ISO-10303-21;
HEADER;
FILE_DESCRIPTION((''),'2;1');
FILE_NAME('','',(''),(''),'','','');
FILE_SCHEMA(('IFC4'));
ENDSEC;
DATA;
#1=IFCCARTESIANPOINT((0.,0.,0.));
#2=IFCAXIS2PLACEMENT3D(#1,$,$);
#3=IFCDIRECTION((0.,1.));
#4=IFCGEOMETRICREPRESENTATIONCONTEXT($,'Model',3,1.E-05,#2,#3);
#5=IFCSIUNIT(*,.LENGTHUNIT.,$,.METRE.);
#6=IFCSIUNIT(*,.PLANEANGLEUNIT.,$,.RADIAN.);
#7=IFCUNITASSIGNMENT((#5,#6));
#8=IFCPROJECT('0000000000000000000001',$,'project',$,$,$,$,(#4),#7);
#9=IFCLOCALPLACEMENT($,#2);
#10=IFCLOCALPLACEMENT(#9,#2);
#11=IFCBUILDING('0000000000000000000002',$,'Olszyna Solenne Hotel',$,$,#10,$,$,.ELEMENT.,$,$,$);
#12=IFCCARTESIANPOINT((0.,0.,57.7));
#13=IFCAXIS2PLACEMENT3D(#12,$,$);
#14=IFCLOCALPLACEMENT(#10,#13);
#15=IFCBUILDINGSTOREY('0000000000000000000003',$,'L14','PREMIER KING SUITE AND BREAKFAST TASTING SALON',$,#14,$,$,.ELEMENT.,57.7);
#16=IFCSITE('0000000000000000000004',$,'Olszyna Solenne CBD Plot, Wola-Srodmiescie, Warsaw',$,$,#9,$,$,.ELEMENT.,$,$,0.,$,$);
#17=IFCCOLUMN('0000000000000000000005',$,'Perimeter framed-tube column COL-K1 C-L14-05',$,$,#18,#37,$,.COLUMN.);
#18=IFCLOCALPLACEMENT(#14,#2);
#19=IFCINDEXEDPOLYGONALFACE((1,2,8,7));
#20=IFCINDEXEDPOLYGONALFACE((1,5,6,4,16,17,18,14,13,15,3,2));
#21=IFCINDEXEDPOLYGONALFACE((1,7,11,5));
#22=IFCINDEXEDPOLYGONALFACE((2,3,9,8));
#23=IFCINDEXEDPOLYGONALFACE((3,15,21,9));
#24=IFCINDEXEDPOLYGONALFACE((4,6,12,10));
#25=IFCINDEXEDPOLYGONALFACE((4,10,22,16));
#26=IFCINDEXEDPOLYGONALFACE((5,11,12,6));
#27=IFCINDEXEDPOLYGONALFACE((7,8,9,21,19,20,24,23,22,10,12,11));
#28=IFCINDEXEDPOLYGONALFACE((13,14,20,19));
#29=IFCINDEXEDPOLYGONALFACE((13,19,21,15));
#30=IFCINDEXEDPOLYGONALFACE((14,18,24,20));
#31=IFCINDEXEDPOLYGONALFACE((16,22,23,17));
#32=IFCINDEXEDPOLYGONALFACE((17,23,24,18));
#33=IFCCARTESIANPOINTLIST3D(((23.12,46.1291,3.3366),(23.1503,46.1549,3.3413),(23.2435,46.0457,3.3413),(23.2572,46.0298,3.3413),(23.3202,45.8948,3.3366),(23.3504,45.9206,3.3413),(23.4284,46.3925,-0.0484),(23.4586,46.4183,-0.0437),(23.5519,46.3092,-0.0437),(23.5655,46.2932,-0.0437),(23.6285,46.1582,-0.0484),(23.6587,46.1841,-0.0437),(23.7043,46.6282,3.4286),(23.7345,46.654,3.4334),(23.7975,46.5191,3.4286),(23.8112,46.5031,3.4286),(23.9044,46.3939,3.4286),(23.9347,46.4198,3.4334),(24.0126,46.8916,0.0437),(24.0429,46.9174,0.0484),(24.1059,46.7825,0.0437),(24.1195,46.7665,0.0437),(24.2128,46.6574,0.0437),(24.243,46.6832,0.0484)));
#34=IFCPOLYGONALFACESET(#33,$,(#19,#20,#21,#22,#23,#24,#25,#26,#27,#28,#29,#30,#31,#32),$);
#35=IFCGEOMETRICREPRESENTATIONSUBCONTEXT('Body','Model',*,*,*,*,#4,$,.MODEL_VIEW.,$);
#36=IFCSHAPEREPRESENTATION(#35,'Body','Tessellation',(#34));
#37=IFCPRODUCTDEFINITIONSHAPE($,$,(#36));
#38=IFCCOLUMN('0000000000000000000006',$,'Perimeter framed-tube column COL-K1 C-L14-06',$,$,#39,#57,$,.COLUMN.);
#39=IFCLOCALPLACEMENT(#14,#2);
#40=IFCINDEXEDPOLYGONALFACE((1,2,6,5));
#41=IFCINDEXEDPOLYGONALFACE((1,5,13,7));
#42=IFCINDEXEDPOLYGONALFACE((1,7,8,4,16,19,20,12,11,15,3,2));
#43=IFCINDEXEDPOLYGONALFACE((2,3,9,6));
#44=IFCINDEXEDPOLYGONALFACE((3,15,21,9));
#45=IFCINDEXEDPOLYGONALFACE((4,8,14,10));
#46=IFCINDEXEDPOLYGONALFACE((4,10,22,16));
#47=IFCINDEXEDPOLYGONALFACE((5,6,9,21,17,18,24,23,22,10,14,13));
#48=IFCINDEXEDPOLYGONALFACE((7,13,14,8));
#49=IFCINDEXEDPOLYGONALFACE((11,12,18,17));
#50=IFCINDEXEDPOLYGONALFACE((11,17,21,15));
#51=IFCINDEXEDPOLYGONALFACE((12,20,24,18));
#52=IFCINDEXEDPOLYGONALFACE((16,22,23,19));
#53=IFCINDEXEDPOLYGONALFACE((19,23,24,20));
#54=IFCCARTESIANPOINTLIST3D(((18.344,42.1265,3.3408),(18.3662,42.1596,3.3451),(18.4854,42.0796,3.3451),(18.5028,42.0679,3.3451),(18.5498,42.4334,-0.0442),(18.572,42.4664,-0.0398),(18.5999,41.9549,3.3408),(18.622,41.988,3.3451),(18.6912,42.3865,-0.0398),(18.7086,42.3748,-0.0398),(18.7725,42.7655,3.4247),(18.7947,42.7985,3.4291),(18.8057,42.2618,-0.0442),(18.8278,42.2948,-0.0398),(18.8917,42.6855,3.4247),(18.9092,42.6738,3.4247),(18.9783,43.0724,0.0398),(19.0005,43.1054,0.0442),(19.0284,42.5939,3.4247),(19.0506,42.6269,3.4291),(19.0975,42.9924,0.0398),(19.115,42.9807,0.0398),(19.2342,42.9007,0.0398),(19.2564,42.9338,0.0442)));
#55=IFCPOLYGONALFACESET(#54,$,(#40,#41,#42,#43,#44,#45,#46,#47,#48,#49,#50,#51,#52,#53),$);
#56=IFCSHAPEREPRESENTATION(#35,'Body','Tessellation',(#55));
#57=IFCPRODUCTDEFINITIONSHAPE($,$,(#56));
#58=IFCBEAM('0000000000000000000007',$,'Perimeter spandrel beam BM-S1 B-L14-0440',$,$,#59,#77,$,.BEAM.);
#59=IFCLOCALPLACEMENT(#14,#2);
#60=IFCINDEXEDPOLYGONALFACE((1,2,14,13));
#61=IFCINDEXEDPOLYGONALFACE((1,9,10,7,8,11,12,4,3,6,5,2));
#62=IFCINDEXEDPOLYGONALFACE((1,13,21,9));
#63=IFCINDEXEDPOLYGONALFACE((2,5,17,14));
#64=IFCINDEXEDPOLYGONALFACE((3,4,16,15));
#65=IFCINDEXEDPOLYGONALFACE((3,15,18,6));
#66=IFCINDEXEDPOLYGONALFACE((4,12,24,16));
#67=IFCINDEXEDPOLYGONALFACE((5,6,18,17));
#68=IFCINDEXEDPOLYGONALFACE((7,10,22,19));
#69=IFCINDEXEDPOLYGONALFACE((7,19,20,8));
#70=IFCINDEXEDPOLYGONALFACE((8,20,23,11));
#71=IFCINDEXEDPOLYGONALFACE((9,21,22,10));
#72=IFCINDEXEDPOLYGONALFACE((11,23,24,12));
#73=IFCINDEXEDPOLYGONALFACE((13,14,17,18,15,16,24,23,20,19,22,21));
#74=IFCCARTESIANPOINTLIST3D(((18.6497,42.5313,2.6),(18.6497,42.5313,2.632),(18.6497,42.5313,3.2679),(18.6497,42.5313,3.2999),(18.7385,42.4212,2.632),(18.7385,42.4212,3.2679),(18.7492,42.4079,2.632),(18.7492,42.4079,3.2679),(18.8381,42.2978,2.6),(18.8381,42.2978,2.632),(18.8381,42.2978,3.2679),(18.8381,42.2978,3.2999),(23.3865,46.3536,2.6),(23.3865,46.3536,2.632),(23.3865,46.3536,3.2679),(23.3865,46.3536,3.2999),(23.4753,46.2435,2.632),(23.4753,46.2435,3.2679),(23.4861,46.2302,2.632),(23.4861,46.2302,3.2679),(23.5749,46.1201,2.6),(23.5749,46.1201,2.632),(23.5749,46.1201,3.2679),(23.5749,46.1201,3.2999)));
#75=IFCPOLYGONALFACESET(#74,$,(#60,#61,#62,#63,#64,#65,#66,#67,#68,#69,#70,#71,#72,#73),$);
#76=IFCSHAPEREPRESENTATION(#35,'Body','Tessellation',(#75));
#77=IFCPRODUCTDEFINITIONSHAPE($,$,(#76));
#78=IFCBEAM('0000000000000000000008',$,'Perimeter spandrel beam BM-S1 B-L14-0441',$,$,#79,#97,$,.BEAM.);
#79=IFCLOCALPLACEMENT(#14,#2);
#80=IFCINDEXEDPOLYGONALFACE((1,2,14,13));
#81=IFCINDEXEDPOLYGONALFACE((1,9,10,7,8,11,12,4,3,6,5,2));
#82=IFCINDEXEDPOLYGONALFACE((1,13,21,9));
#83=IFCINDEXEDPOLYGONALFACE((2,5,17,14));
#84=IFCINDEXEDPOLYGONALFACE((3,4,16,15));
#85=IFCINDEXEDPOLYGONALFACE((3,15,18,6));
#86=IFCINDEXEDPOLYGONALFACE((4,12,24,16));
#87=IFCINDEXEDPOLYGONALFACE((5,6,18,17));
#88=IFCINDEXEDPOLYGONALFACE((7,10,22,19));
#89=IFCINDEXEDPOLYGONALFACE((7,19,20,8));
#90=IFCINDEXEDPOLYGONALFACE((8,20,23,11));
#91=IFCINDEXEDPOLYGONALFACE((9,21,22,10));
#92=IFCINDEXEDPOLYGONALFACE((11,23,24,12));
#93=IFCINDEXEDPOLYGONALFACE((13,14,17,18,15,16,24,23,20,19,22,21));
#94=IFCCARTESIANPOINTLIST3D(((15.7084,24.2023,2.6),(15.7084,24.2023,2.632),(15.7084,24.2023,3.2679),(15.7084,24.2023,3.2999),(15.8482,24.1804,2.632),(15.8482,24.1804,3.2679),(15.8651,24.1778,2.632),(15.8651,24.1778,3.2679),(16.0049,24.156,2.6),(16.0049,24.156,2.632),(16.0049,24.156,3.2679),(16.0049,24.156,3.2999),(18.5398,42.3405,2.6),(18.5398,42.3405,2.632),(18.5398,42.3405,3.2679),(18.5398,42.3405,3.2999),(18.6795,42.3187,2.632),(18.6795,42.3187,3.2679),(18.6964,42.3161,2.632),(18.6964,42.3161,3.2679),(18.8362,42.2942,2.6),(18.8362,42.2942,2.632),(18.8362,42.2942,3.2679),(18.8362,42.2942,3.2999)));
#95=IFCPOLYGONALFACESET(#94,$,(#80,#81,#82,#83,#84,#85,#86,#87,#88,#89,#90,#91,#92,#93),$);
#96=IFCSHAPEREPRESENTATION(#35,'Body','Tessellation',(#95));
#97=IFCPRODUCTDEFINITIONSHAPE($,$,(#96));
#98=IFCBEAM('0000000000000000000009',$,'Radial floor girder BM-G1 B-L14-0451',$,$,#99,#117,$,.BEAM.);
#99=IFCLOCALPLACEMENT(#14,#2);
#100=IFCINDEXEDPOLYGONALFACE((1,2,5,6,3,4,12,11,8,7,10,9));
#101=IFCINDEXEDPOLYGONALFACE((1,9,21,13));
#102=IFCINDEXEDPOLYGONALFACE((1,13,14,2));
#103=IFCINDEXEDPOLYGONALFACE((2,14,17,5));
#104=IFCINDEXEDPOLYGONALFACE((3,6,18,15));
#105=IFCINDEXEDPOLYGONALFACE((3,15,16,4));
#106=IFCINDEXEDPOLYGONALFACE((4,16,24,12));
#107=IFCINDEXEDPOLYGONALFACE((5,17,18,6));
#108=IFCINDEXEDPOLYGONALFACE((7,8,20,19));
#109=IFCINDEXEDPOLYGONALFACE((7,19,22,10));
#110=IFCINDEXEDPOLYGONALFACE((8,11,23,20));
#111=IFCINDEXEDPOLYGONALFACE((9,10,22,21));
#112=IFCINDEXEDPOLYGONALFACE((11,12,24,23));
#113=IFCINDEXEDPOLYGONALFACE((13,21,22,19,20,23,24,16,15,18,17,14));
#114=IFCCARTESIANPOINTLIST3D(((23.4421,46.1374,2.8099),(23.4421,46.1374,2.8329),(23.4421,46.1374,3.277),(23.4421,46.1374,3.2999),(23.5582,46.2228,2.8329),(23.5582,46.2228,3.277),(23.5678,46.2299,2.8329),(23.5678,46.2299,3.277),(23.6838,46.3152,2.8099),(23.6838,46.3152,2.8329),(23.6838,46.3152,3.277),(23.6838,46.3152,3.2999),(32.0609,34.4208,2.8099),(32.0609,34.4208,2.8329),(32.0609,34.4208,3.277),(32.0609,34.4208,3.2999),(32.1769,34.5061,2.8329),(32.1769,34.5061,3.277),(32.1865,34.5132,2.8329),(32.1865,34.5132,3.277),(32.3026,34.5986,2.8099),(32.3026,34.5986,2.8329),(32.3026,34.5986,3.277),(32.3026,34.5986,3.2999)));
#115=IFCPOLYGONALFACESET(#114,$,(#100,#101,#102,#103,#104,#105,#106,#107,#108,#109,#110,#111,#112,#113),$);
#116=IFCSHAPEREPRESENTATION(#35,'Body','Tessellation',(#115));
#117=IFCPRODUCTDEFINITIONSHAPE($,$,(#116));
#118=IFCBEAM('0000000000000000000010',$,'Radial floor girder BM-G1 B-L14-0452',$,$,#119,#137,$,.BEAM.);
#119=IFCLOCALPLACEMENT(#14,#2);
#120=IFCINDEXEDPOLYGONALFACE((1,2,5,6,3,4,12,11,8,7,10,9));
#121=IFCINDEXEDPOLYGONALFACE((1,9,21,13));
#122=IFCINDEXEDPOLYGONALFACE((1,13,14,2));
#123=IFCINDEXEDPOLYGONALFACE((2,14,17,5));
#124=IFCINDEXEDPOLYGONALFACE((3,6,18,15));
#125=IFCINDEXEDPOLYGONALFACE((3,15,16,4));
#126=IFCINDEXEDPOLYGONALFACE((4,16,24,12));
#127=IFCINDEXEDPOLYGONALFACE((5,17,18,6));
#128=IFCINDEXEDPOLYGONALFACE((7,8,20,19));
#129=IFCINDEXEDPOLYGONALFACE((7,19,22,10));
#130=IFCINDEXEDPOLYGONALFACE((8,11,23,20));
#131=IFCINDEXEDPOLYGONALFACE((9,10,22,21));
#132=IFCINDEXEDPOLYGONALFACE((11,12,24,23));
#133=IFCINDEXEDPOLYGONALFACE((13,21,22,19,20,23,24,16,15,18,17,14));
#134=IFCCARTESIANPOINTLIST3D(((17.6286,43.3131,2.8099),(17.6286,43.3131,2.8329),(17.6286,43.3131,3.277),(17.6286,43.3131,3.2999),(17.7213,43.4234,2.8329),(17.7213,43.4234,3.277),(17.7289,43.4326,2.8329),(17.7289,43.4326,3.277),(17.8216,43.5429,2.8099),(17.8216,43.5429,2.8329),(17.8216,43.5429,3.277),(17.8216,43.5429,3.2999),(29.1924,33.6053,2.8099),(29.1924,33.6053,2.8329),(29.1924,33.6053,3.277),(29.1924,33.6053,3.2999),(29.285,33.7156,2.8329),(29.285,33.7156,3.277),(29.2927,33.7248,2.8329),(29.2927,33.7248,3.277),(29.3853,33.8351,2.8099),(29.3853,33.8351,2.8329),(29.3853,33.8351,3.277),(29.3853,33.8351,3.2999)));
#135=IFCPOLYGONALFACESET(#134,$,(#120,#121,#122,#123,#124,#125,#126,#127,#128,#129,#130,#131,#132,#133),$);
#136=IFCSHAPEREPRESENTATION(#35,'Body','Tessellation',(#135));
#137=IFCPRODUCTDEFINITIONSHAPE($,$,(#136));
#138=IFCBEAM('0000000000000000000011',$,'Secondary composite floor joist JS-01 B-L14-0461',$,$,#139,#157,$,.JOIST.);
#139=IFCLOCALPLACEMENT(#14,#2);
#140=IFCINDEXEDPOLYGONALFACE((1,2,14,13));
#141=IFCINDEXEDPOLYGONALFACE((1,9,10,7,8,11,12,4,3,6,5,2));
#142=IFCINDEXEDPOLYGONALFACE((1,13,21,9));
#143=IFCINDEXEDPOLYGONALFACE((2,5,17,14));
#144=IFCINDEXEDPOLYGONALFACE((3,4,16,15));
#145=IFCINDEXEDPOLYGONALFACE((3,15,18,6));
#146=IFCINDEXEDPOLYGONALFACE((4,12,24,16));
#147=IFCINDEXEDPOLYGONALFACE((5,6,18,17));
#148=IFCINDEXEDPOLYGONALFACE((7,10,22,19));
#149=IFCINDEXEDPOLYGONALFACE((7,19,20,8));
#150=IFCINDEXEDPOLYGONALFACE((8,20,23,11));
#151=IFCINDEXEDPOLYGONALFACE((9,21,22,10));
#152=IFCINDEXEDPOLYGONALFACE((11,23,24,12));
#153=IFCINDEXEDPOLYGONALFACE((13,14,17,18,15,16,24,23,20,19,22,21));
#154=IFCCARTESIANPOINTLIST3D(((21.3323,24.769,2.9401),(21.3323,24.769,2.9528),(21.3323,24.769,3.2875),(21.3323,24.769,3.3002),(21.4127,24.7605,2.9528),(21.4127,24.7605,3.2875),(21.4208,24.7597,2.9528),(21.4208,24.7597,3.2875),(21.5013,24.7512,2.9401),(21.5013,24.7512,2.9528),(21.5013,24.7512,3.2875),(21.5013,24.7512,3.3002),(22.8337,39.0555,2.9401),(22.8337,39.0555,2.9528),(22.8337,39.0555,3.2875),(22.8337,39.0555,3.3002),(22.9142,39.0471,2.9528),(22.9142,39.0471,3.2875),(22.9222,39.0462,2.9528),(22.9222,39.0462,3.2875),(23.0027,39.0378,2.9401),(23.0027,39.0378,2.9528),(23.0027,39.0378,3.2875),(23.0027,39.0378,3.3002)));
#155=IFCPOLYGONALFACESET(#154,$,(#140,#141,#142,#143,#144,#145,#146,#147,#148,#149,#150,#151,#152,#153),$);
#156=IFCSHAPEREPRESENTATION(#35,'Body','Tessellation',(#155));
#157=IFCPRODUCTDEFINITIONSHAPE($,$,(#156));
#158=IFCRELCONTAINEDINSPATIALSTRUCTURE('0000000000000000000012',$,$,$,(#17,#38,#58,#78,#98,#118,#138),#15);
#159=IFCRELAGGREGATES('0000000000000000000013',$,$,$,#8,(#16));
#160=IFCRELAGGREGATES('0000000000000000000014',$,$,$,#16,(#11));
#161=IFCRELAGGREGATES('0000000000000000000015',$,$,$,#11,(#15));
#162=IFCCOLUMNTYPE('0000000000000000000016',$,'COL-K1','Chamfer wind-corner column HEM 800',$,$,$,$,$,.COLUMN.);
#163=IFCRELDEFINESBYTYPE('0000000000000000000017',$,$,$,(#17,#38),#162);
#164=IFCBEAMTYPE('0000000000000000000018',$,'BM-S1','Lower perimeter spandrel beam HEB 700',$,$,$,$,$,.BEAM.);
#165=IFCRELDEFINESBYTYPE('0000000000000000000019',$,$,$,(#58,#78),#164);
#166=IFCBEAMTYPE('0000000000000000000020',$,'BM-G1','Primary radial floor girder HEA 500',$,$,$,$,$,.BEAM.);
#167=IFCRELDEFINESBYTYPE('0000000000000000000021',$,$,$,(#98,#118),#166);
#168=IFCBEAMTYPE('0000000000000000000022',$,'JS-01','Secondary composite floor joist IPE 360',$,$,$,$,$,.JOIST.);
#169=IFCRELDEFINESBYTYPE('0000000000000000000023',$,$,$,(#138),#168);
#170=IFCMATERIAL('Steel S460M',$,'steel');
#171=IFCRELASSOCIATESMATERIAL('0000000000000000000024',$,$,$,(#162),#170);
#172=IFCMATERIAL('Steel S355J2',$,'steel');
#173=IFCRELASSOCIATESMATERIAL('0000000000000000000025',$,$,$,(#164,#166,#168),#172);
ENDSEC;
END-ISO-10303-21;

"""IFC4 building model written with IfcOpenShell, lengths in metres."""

from ifc_helpers import new_model, si_unit, direction, frame, origin, origin_2d, place, context, subcontext, project, spatial, i_section, extrude, source, transform, mapped, material, material_profile, profile_set, type_object, element, save


model = new_model("IFC4")

# Units and contexts
model_context = context("Model", 3, precision=1e-05, world=origin(), true_north=direction((0.0, 1.0)))
body_context = subcontext(model_context, "Body", "Model", "MODEL_VIEW")
ifc_project = project(units=[si_unit("LENGTHUNIT", "METRE"), si_unit("PLANEANGLEUNIT", "RADIAN")], contexts=[model_context])

# Site, building, storey
site_placement = place(None, origin())
site = spatial("IfcSite", under=ifc_project, at=site_placement, Name="Olszyna Solenne CBD Plot, Wola-Srodmiescie, Warsaw", CompositionType="ELEMENT", RefElevation=0.0)
building_placement = place(site_placement, origin())
building = spatial("IfcBuilding", under=site, at=building_placement, Name="Olszyna Solenne Hotel", CompositionType="ELEMENT")
storey_placement = place(building_placement, frame((0.0, 0.0, 57.7)))
storey = spatial("IfcBuildingStorey", under=building, at=storey_placement, Name="L14", Description="PREMIER KING SUITE AND BREAKFAST TASTING SALON", CompositionType="ELEMENT", Elevation=57.7)

# Columns
ifc_material_1 = material(Name="Steel S460M", Category="steel")
ifc_material_profile_1 = material_profile(ifc_material_1, i_section(OverallWidth=0.3081, OverallDepth=0.814, WebThickness=0.021, FlangeThickness=0.04, at=origin_2d()), Name="HEM 800", Category="load-bearing")
ifc_profile_set_1 = profile_set([ifc_material_profile_1], Name="Steel S460M")
column_type = type_object("IfcColumnType", Name="COL-K1", Description="Chamfer wind-corner column HEM 800", PredefinedType="COLUMN", material=ifc_profile_set_1)
shared_shape_1 = source(origin(), body_context, "Body", "SweptSolid", [
    extrude(i_section(OverallWidth=0.3081, OverallDepth=0.814, WebThickness=0.021, FlangeThickness=0.04, at=origin_2d()), origin(), (0.0, 0.0, 1.0), 3.4092),
])
column_1_placement = place(storey_placement, frame((23.8357, 46.5378, 0.0), z_axis=(-0.090446, -0.077269, 0.992899), x_axis=(0.649551, -0.760318, 0.0)))
element("IfcColumn", 1, at=column_1_placement, inside=storey, type_object=column_type, Name="Perimeter framed-tube column COL-K1 C-L14-05", PredefinedType="COLUMN", context=body_context, shape_type="MappedRepresentation", body=[
    mapped(shared_shape_1, transform((0.0, 0.0, 0.0), x_axis=(1.0, 0.0, 0.0), y_axis=(0.0, 1.0, 0.0), z_axis=(0.0, 0.0, 1.0), scale=1.0)),
])
shared_shape_2 = source(origin(), body_context, "Body", "SweptSolid", [
    extrude(i_section(OverallWidth=0.3081, OverallDepth=0.814, WebThickness=0.021, FlangeThickness=0.04, at=origin_2d()), origin(), (0.0, 0.0, 1.0), 3.405),
])
column_2_placement = place(storey_placement, frame((18.9031, 42.6836, 0.0), z_axis=(-0.060442, -0.090125, 0.994095), x_axis=(0.830522, -0.556985, 0.0)))
element("IfcColumn", 2, at=column_2_placement, inside=storey, type_object=column_type, Name="Perimeter framed-tube column COL-K1 C-L14-06", PredefinedType="COLUMN", context=body_context, shape_type="MappedRepresentation", body=[
    mapped(shared_shape_2, transform((0.0, 0.0, 0.0), x_axis=(1.0, 0.0, 0.0), y_axis=(0.0, 1.0, 0.0), z_axis=(0.0, 0.0, 1.0), scale=1.0)),
])

# Beams
ifc_material_2 = material(Name="Steel S355J2", Category="steel")
ifc_material_profile_2 = material_profile(ifc_material_2, i_section(OverallWidth=0.3, OverallDepth=0.7, WebThickness=0.0171, FlangeThickness=0.032, at=origin_2d()), Name="HEB 700", Category="load-bearing")
ifc_profile_set_2 = profile_set([ifc_material_profile_2], Name="Steel S355J2")
beam_type_1 = type_object("IfcBeamType", Name="BM-S1", Description="Lower perimeter spandrel beam HEB 700", PredefinedType="BEAM", material=ifc_profile_set_2)
shared_shape_3 = source(origin(), body_context, "Body", "SweptSolid", [
    extrude(i_section(OverallWidth=0.3, OverallDepth=0.7, WebThickness=0.0171, FlangeThickness=0.032, at=origin_2d()), origin(), (0.0, 0.0, 1.0), 6.0867),
])
beam_1_placement = place(storey_placement, frame((23.4807, 46.2368, 2.95), z_axis=(-0.778232, -0.627977, 0.0), x_axis=(0.627977, -0.778232, 0.0)))
element("IfcBeam", 3, at=beam_1_placement, inside=storey, type_object=beam_type_1, Name="Perimeter spandrel beam BM-S1 B-L14-0440", PredefinedType="BEAM", context=body_context, shape_type="MappedRepresentation", body=[
    mapped(shared_shape_3, transform((0.0, 0.0, 0.0), x_axis=(1.0, 0.0, 0.0), y_axis=(0.0, 1.0, 0.0), z_axis=(0.0, 0.0, 1.0), scale=1.0)),
])
shared_shape_4 = source(origin(), body_context, "Body", "SweptSolid", [
    extrude(i_section(OverallWidth=0.3, OverallDepth=0.7, WebThickness=0.0171, FlangeThickness=0.032, at=origin_2d()), origin(), (0.0, 0.0, 1.0), 18.3579),
])
beam_2_placement = place(storey_placement, frame((18.688, 42.3174, 2.95), z_axis=(-0.154228, -0.988035, 0.0), x_axis=(0.988035, -0.154228, 0.0)))
element("IfcBeam", 4, at=beam_2_placement, inside=storey, type_object=beam_type_1, Name="Perimeter spandrel beam BM-S1 B-L14-0441", PredefinedType="BEAM", context=body_context, shape_type="MappedRepresentation", body=[
    mapped(shared_shape_4, transform((0.0, 0.0, 0.0), x_axis=(1.0, 0.0, 0.0), y_axis=(0.0, 1.0, 0.0), z_axis=(0.0, 0.0, 1.0), scale=1.0)),
])
ifc_material_profile_3 = material_profile(ifc_material_2, i_section(OverallWidth=0.3, OverallDepth=0.49, WebThickness=0.012, FlangeThickness=0.0229, at=origin_2d()), Name="HEA 500", Category="load-bearing")
ifc_profile_set_3 = profile_set([ifc_material_profile_3], Name="Steel S355J2")
beam_type_2 = type_object("IfcBeamType", Name="BM-G1", Description="Primary radial floor girder HEA 500", PredefinedType="BEAM", material=ifc_profile_set_3)
shared_shape_5 = source(origin(), body_context, "Body", "SweptSolid", [
    extrude(i_section(OverallWidth=0.3, OverallDepth=0.49, WebThickness=0.012, FlangeThickness=0.0229, at=origin_2d()), origin(), (0.0, 0.0, 1.0), 14.5452),
])
beam_3_placement = place(storey_placement, frame((23.563, 46.2263, 3.0549), z_axis=(0.592548, -0.805535, 0.0), x_axis=(0.805535, 0.592548, 0.0)))
element("IfcBeam", 5, at=beam_3_placement, inside=storey, type_object=beam_type_2, Name="Radial floor girder BM-G1 B-L14-0451", PredefinedType="BEAM", context=body_context, shape_type="MappedRepresentation", body=[
    mapped(shared_shape_5, transform((0.0, 0.0, 0.0), x_axis=(1.0, 0.0, 0.0), y_axis=(0.0, 1.0, 0.0), z_axis=(0.0, 0.0, 1.0), scale=1.0)),
])
shared_shape_6 = source(origin(), body_context, "Body", "SweptSolid", [
    extrude(i_section(OverallWidth=0.3, OverallDepth=0.49, WebThickness=0.012, FlangeThickness=0.0229, at=origin_2d()), origin(), (0.0, 0.0, 1.0), 15.0984),
])
beam_4_placement = place(storey_placement, frame((17.7251, 43.428, 3.0549), z_axis=(0.765893, -0.642968, 0.0), x_axis=(0.642968, 0.765893, 0.0)))
element("IfcBeam", 6, at=beam_4_placement, inside=storey, type_object=beam_type_2, Name="Radial floor girder BM-G1 B-L14-0452", PredefinedType="BEAM", context=body_context, shape_type="MappedRepresentation", body=[
    mapped(shared_shape_6, transform((0.0, 0.0, 0.0), x_axis=(1.0, 0.0, 0.0), y_axis=(0.0, 1.0, 0.0), z_axis=(0.0, 0.0, 1.0), scale=1.0)),
])
ifc_material_profile_4 = material_profile(ifc_material_2, i_section(OverallWidth=0.1699, OverallDepth=0.3601, WebThickness=0.0081, FlangeThickness=0.0127, at=origin_2d()), Name="IPE 360", Category="load-bearing")
ifc_profile_set_4 = profile_set([ifc_material_profile_4], Name="Steel S355J2")
beam_type_3 = type_object("IfcBeamType", Name="JS-01", Description="Secondary composite floor joist IPE 360", PredefinedType="JOIST", material=ifc_profile_set_4)
shared_shape_7 = source(origin(), body_context, "Body", "SweptSolid", [
    extrude(i_section(OverallWidth=0.1699, OverallDepth=0.3601, WebThickness=0.0081, FlangeThickness=0.0127, at=origin_2d()), origin(), (0.0, 0.0, 1.0), 14.3652),
])
beam_5_placement = place(storey_placement, frame((22.9182, 39.0466, 3.1201), z_axis=(-0.10452, -0.994523, 0.0), x_axis=(0.994523, -0.10452, 0.0)))
element("IfcBeam", 7, at=beam_5_placement, inside=storey, type_object=beam_type_3, Name="Secondary composite floor joist JS-01 B-L14-0461", PredefinedType="JOIST", context=body_context, shape_type="MappedRepresentation", body=[
    mapped(shared_shape_7, transform((0.0, 0.0, 0.0), x_axis=(1.0, 0.0, 0.0), y_axis=(0.0, 1.0, 0.0), z_axis=(0.0, 0.0, 1.0), scale=1.0)),
])

save(model, "model.ifc")
